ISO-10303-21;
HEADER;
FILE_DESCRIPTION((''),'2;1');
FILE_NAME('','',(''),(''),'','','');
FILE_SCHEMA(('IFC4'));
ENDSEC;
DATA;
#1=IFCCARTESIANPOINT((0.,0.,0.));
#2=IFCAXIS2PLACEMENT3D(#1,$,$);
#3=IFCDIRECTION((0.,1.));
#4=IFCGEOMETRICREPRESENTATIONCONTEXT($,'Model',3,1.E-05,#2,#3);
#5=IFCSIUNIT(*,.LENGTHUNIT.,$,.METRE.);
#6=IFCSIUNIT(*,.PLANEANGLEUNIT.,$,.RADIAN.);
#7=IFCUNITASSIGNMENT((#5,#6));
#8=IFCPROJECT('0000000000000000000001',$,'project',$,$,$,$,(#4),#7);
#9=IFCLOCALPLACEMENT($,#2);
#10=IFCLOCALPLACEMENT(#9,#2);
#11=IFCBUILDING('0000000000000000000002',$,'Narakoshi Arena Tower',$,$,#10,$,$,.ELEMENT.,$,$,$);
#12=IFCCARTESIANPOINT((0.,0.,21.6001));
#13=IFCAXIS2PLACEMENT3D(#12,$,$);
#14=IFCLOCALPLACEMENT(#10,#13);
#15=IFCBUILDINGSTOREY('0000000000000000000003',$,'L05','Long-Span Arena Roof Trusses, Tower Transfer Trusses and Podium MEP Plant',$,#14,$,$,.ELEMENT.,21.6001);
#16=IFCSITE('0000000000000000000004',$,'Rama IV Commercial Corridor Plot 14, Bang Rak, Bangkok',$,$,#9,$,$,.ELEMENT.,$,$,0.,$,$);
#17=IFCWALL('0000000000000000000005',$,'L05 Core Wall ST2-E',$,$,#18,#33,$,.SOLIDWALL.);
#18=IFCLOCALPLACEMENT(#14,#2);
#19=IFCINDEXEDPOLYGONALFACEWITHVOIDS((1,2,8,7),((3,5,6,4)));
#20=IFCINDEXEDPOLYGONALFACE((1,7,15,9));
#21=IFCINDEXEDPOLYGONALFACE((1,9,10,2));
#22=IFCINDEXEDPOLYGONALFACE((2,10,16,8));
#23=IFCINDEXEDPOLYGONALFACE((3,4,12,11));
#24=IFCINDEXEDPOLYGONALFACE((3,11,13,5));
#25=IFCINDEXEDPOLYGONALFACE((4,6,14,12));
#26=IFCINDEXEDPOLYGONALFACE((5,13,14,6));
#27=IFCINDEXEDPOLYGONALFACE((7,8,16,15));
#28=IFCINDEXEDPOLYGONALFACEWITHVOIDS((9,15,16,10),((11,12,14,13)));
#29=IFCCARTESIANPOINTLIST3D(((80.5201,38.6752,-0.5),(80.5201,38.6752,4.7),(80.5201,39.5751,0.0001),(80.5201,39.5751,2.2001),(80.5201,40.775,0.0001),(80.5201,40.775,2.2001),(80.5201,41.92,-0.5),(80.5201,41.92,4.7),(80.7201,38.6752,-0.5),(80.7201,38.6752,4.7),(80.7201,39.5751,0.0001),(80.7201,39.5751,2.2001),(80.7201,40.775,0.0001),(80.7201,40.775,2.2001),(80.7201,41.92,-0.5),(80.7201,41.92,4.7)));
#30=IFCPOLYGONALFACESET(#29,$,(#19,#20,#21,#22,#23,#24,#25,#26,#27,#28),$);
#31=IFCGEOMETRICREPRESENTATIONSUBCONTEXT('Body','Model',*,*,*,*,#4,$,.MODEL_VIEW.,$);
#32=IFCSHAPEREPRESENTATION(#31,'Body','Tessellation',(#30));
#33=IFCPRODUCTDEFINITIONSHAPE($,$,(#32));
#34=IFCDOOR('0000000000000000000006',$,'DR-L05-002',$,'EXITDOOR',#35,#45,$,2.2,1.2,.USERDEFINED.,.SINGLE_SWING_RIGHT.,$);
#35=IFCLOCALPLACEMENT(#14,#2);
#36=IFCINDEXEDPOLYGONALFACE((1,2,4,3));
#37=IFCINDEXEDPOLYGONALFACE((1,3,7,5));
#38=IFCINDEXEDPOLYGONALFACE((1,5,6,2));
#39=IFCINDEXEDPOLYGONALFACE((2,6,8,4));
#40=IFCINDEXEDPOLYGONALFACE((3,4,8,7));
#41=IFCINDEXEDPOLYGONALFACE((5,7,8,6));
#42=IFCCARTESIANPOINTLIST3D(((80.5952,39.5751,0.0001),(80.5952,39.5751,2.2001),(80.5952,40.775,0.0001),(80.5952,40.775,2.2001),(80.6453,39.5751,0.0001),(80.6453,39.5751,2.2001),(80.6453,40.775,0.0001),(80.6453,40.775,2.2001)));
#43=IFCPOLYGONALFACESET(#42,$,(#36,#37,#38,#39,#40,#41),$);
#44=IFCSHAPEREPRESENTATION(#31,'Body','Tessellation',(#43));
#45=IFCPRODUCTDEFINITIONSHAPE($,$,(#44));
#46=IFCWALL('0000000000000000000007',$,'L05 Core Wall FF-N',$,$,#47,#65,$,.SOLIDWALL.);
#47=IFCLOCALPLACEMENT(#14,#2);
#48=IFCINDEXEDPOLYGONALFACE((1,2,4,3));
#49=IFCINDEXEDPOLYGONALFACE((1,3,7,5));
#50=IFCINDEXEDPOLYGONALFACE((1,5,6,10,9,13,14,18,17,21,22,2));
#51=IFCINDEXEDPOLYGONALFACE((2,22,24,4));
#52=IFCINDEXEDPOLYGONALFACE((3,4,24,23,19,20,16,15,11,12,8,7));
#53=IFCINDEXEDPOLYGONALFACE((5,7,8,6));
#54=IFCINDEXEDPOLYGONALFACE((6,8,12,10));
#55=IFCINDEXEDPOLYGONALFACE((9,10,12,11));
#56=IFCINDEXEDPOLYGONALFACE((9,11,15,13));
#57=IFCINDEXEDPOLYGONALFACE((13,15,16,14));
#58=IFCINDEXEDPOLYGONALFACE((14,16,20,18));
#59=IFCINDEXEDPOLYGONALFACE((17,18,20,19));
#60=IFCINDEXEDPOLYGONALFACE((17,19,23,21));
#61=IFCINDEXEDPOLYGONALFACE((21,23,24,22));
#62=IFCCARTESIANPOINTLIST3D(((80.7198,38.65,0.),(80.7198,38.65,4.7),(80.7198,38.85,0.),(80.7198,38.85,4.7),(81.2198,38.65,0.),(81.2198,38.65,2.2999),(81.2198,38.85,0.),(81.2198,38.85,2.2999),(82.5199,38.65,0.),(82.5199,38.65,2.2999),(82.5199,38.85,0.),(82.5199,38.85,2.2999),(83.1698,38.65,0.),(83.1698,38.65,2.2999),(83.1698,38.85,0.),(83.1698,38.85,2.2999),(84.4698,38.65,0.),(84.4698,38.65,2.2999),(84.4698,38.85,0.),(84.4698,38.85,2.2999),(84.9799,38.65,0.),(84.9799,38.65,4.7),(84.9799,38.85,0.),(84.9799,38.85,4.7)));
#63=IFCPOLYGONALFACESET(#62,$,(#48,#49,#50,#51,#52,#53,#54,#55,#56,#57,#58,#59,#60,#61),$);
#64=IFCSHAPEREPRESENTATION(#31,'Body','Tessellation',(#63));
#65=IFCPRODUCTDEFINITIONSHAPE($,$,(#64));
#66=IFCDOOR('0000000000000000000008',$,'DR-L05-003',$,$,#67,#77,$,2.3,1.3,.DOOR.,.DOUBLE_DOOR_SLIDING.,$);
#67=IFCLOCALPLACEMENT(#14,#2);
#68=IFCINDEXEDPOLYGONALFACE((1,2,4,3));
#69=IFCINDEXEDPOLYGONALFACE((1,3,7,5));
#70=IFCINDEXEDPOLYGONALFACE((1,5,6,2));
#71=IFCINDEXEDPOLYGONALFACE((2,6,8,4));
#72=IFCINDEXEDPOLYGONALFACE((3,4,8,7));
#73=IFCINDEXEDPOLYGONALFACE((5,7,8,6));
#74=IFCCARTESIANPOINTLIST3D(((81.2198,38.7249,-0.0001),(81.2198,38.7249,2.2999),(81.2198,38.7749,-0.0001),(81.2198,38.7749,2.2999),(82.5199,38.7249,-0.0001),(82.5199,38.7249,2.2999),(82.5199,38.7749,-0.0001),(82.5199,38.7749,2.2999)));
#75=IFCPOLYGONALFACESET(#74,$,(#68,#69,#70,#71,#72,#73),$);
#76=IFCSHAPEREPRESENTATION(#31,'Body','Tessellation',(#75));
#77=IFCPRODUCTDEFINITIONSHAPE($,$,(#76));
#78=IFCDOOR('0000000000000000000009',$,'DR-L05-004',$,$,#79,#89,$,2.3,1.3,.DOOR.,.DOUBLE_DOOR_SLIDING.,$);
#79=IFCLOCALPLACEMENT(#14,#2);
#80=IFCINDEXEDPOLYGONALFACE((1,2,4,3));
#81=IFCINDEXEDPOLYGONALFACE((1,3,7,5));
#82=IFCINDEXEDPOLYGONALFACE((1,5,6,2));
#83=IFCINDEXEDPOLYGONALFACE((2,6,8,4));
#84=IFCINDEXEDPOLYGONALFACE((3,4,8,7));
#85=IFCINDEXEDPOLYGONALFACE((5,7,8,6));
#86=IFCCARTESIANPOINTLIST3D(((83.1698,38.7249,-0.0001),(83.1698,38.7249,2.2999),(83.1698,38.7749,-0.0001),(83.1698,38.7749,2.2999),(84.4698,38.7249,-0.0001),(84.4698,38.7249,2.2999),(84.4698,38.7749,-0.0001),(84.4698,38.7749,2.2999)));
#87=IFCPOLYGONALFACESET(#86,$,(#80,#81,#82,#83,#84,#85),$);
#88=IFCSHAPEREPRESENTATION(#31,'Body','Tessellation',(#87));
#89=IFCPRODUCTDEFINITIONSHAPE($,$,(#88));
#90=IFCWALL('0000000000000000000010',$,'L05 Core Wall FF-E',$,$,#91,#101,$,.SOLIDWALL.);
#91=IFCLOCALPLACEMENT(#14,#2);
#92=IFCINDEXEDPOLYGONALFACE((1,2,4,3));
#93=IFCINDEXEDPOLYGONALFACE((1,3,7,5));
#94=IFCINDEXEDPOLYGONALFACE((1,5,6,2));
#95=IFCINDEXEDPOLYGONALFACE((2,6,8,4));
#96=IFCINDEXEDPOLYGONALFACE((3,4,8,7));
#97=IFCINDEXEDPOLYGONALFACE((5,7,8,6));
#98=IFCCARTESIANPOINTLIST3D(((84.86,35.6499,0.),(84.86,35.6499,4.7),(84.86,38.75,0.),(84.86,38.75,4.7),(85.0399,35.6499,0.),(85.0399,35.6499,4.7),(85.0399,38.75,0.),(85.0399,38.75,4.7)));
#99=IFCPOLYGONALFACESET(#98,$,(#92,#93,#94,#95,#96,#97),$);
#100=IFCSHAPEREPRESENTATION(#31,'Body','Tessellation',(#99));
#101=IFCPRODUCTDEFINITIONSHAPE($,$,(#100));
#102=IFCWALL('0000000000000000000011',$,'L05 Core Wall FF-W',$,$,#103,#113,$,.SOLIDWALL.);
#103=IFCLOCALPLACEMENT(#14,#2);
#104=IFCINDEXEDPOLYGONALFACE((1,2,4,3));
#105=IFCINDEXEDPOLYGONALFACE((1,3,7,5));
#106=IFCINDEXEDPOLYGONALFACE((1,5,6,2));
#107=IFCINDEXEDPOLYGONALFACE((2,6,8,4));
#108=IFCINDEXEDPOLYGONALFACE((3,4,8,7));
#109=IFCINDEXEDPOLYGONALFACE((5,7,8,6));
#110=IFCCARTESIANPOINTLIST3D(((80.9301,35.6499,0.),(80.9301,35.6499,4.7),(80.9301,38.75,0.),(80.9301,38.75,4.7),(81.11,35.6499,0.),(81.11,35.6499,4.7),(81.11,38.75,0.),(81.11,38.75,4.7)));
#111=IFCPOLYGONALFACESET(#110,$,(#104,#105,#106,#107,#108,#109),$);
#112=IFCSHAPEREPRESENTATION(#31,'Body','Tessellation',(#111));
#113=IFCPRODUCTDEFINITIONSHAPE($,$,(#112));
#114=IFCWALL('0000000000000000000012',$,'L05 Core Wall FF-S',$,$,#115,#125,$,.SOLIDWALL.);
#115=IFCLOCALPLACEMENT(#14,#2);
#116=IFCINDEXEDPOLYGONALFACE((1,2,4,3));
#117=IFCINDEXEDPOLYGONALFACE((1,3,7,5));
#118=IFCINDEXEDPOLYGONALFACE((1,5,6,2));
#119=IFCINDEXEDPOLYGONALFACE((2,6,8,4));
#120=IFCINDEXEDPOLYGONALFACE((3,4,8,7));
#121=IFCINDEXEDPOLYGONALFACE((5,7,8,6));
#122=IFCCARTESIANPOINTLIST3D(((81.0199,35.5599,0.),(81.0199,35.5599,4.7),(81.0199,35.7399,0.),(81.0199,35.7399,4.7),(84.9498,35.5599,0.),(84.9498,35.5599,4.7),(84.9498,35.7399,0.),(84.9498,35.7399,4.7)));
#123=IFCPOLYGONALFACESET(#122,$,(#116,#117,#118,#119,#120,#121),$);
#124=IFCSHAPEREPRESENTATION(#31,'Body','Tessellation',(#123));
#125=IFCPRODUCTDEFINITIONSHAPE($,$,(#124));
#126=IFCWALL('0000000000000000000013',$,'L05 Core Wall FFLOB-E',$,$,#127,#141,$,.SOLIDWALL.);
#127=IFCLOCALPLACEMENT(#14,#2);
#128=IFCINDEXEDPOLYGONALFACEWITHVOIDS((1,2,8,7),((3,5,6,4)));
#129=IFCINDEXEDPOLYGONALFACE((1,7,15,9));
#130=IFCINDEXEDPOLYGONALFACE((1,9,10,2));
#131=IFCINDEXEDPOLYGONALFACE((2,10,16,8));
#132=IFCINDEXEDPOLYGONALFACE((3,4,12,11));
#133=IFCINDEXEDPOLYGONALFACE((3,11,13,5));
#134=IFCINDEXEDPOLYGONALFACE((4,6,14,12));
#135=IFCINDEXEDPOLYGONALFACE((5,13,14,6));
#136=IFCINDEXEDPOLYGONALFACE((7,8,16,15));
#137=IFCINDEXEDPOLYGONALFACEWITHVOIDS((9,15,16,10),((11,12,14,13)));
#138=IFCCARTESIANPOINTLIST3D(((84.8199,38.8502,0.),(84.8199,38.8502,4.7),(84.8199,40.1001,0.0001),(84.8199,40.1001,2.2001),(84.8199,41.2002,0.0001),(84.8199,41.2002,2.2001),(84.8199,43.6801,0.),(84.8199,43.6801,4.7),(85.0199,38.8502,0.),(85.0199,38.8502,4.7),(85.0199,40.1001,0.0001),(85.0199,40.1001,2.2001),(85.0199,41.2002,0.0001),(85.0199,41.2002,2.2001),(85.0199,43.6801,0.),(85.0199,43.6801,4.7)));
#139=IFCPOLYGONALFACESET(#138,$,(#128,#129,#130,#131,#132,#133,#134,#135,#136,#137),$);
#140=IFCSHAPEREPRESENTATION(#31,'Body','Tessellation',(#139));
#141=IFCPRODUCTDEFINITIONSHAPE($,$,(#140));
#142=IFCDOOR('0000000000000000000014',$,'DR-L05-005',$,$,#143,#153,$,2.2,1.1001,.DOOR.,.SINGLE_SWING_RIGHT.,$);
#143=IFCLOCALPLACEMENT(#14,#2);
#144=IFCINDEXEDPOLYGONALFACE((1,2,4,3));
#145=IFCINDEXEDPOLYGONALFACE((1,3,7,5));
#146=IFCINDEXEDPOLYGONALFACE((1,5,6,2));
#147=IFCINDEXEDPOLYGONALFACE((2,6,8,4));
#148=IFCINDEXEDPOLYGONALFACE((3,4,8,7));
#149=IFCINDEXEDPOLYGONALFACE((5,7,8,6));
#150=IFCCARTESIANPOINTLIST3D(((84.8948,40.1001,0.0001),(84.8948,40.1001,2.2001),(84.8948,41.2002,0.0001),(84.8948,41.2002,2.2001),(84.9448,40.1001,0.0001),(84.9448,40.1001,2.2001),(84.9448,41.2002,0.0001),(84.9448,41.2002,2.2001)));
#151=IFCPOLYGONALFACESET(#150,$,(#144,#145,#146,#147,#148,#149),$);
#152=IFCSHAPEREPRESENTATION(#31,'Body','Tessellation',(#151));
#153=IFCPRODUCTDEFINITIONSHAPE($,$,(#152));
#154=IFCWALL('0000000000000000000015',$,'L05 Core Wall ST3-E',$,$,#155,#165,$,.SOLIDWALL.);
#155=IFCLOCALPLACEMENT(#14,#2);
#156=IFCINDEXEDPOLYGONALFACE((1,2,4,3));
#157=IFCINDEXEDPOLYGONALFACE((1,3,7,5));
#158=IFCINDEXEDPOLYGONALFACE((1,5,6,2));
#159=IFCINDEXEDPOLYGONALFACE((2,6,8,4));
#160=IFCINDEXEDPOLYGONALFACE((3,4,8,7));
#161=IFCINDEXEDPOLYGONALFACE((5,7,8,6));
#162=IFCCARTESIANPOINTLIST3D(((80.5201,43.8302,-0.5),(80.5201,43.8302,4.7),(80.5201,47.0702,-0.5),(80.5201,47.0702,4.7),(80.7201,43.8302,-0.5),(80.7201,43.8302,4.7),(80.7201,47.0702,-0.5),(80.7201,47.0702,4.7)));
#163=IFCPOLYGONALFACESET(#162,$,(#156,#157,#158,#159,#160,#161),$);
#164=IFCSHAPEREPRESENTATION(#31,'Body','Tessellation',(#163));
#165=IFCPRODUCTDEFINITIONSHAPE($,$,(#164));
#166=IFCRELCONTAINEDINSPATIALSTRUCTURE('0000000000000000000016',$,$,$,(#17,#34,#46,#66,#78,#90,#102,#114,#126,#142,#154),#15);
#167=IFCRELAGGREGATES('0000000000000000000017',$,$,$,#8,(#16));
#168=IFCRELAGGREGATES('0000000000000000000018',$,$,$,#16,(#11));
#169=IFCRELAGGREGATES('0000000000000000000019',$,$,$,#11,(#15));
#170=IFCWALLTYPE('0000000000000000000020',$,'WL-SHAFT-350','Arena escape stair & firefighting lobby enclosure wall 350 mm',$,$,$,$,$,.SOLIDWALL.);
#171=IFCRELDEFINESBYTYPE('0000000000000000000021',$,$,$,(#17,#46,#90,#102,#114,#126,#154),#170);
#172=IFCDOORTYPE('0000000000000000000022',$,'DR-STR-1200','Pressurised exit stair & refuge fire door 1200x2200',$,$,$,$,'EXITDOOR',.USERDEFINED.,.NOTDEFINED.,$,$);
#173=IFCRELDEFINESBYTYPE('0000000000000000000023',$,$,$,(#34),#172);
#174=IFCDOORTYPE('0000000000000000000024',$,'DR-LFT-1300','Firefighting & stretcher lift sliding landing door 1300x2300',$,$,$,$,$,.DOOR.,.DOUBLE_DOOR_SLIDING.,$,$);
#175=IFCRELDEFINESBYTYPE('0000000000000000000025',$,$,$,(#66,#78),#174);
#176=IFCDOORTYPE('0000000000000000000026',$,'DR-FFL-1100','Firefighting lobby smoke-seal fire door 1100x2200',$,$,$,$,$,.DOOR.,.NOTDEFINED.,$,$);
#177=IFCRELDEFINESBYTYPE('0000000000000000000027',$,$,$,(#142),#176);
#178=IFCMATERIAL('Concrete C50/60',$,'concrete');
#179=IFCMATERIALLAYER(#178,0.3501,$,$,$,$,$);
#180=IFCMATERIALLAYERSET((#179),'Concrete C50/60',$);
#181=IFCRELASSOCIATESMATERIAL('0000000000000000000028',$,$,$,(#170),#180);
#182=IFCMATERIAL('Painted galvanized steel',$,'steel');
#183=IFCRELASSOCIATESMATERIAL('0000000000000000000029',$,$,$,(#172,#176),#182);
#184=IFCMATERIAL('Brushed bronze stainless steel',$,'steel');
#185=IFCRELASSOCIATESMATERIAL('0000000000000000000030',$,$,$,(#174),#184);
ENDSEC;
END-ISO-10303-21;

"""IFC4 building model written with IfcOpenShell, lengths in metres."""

from ifc_helpers import new_model, si_unit, direction, frame, frame_2d, origin, place, context, subcontext, project, spatial, rectangle, extrude, material, layer, layer_set, type_object, element, fill, save


model = new_model("IFC4")

# Units and contexts
model_context = context("Model", 3, precision=1e-05, world=origin(), true_north=direction((0.0, 1.0)))
body_context = subcontext(model_context, "Body", "Model", "MODEL_VIEW")
ifc_project = project(units=[si_unit("LENGTHUNIT", "METRE"), si_unit("PLANEANGLEUNIT", "RADIAN")], contexts=[model_context])

# Site, building, storey
site_placement = place(None, origin())
site = spatial("IfcSite", under=ifc_project, at=site_placement, Name="Rama IV Commercial Corridor Plot 14, Bang Rak, Bangkok", CompositionType="ELEMENT", RefElevation=0.0)
building_placement = place(site_placement, origin())
building = spatial("IfcBuilding", under=site, at=building_placement, Name="Narakoshi Arena Tower", CompositionType="ELEMENT")
storey_placement = place(building_placement, frame((0.0, 0.0, 21.6001)))
storey = spatial("IfcBuildingStorey", under=building, at=storey_placement, Name="L05", Description="Long-Span Arena Roof Trusses, Tower Transfer Trusses and Podium MEP Plant", CompositionType="ELEMENT", Elevation=21.6001)

# Shared definitions
ifc_material_1 = material(Name="Painted galvanized steel", Category="steel")

# Wall, opening, door
ifc_material_2 = material(Name="Concrete C50/60", Category="concrete")
ifc_layer_1 = layer(ifc_material_2, 0.3501)
ifc_layer_set_1 = layer_set([ifc_layer_1], Name="Concrete C50/60")
wall_type_1 = type_object("IfcWallType", Name="WL-SHAFT-350", Description="Arena escape stair & firefighting lobby enclosure wall 350 mm", PredefinedType="SOLIDWALL", material=ifc_layer_set_1)
wall_1_placement = place(storey_placement, frame((80.6201, 38.675, -0.5), z_axis=(0.0, 0.0, 1.0), x_axis=(0.0, 1.0, 0.0)))
wall_1 = element("IfcWall", 1, at=wall_1_placement, inside=storey, type_object=wall_type_1, Name="L05 Core Wall ST2-E", PredefinedType="SOLIDWALL", context=body_context, shape_type="SweptSolid", body=[
    extrude(rectangle(XDim=3.2449, YDim=0.2, at=frame_2d((1.6226, 0.0))), origin(), (0.0, 0.0, 1.0), 5.2),
])
opening_1_placement = place(wall_1_placement, frame((0.8999, 0.0, 0.5)))
opening_1 = element("IfcOpeningElement", 2, at=opening_1_placement, cuts=wall_1, PredefinedType="OPENING", context=body_context, shape_type="SweptSolid", body=[
    extrude(rectangle(XDim=1.2, YDim=2.2, at=frame_2d((0.6001, 1.1001))), frame((0.0, 0.1099, 0.0), z_axis=(0.0, -1.0, 0.0), x_axis=(1.0, 0.0, 0.0)), (0.0, 0.0, 1.0), 0.22),
])
door_type_1 = type_object("IfcDoorType", Name="DR-STR-1200", Description="Pressurised exit stair & refuge fire door 1200x2200", ElementType="EXITDOOR", OperationType="NOTDEFINED", PredefinedType="USERDEFINED", material=ifc_material_1)
door_1_placement = place(opening_1_placement, origin())
door_1 = element("IfcDoor", 3, at=door_1_placement, inside=storey, type_object=door_type_1, Name="DR-L05-002", ObjectType="EXITDOOR", OperationType="SINGLE_SWING_RIGHT", OverallHeight=2.2, OverallWidth=1.2, PredefinedType="USERDEFINED", context=body_context, shape_type="SweptSolid", body=[
    extrude(rectangle(XDim=1.2, YDim=2.2, at=frame_2d((0.6001, 1.1001))), frame((0.0, 0.0249, 0.0), z_axis=(0.0, -1.0, 0.0), x_axis=(1.0, 0.0, 0.0)), (0.0, 0.0, 1.0), 0.05),
])
fill(opening_1, door_1)

# Wall, openings, doors
wall_2_placement = place(storey_placement, frame((80.72, 38.75, 0.0), z_axis=(0.0, 0.0, 1.0), x_axis=(1.0, 0.0, 0.0)))
wall_2 = element("IfcWall", 4, at=wall_2_placement, inside=storey, type_object=wall_type_1, Name="L05 Core Wall FF-N", PredefinedType="SOLIDWALL", context=body_context, shape_type="SweptSolid", body=[
    extrude(rectangle(XDim=4.26, YDim=0.2, at=frame_2d((2.1299, 0.0))), origin(), (0.0, 0.0, 1.0), 4.7),
])
opening_2_placement = place(wall_2_placement, frame((0.5, 0.0, 0.0)))
opening_2 = element("IfcOpeningElement", 5, at=opening_2_placement, cuts=wall_2, PredefinedType="OPENING", context=body_context, shape_type="SweptSolid", body=[
    extrude(rectangle(XDim=1.3, YDim=2.3, at=frame_2d((0.6499, 1.1499))), frame((0.0, 0.1099, 0.0), z_axis=(0.0, -1.0, 0.0), x_axis=(1.0, 0.0, 0.0)), (0.0, 0.0, 1.0), 0.22),
])
opening_3_placement = place(wall_2_placement, frame((2.45, 0.0, 0.0)))
opening_3 = element("IfcOpeningElement", 6, at=opening_3_placement, cuts=wall_2, PredefinedType="OPENING", context=body_context, shape_type="SweptSolid", body=[
    extrude(rectangle(XDim=1.3, YDim=2.3, at=frame_2d((0.6499, 1.1499))), frame((0.0, 0.1099, 0.0), z_axis=(0.0, -1.0, 0.0), x_axis=(1.0, 0.0, 0.0)), (0.0, 0.0, 1.0), 0.22),
])
ifc_material_3 = material(Name="Brushed bronze stainless steel", Category="steel")
door_type_2 = type_object("IfcDoorType", Name="DR-LFT-1300", Description="Firefighting & stretcher lift sliding landing door 1300x2300", OperationType="DOUBLE_DOOR_SLIDING", PredefinedType="DOOR", material=ifc_material_3)
door_2_placement = place(opening_2_placement, origin())
door_2 = element("IfcDoor", 7, at=door_2_placement, inside=storey, type_object=door_type_2, Name="DR-L05-003", OperationType="DOUBLE_DOOR_SLIDING", OverallHeight=2.3, OverallWidth=1.3, PredefinedType="DOOR", context=body_context, shape_type="SweptSolid", body=[
    extrude(rectangle(XDim=1.3, YDim=2.3, at=frame_2d((0.6499, 1.1499))), frame((0.0, 0.0249, 0.0), z_axis=(0.0, -1.0, 0.0), x_axis=(1.0, 0.0, 0.0)), (0.0, 0.0, 1.0), 0.05),
])
fill(opening_2, door_2)
door_3_placement = place(opening_3_placement, origin())
door_3 = element("IfcDoor", 8, at=door_3_placement, inside=storey, type_object=door_type_2, Name="DR-L05-004", OperationType="DOUBLE_DOOR_SLIDING", OverallHeight=2.3, OverallWidth=1.3, PredefinedType="DOOR", context=body_context, shape_type="SweptSolid", body=[
    extrude(rectangle(XDim=1.3, YDim=2.3, at=frame_2d((0.6499, 1.1499))), frame((0.0, 0.0249, 0.0), z_axis=(0.0, -1.0, 0.0), x_axis=(1.0, 0.0, 0.0)), (0.0, 0.0, 1.0), 0.05),
])
fill(opening_3, door_3)

# Walls
for number, where, z_axis, x_axis, name in (
    (9, (84.95, 35.6499, 0.0), (0.0, 0.0, 1.0), (0.0, 1.0, 0.0), "L05 Core Wall FF-E"),
    (10, (81.02, 35.6499, 0.0), (0.0, 0.0, 1.0), (0.0, 1.0, 0.0), "L05 Core Wall FF-W"),
):
    element("IfcWall", number, at=place(storey_placement, frame(where, z_axis=z_axis, x_axis=x_axis)), inside=storey, type_object=wall_type_1, Name=name, PredefinedType="SOLIDWALL", context=body_context, shape_type="SweptSolid", body=[
        extrude(rectangle(XDim=3.1001, YDim=0.1799, at=frame_2d((1.55, 0.0))), origin(), (0.0, 0.0, 1.0), 4.7),
    ])
wall_3_placement = place(storey_placement, frame((81.02, 35.6499, 0.0), z_axis=(0.0, 0.0, 1.0), x_axis=(1.0, 0.0, 0.0)))
element("IfcWall", 11, at=wall_3_placement, inside=storey, type_object=wall_type_1, Name="L05 Core Wall FF-S", PredefinedType="SOLIDWALL", context=body_context, shape_type="SweptSolid", body=[
    extrude(rectangle(XDim=3.9299, YDim=0.1799, at=frame_2d((1.9648, 0.0))), origin(), (0.0, 0.0, 1.0), 4.7),
])

# Wall, opening, door
wall_4_placement = place(storey_placement, frame((84.9199, 38.8501, 0.0), z_axis=(0.0, 0.0, 1.0), x_axis=(0.0, 1.0, 0.0)))
wall_4 = element("IfcWall", 12, at=wall_4_placement, inside=storey, type_object=wall_type_1, Name="L05 Core Wall FFLOB-E", PredefinedType="SOLIDWALL", context=body_context, shape_type="SweptSolid", body=[
    extrude(rectangle(XDim=4.8298, YDim=0.2, at=frame_2d((2.415, 0.0))), origin(), (0.0, 0.0, 1.0), 4.7),
])
opening_4_placement = place(wall_4_placement, frame((1.25, 0.0, 0.0)))
opening_4 = element("IfcOpeningElement", 13, at=opening_4_placement, cuts=wall_4, PredefinedType="OPENING", context=body_context, shape_type="SweptSolid", body=[
    extrude(rectangle(XDim=1.1001, YDim=2.2, at=frame_2d((0.55, 1.1001))), frame((0.0, 0.1099, 0.0), z_axis=(0.0, -1.0, 0.0), x_axis=(1.0, 0.0, 0.0)), (0.0, 0.0, 1.0), 0.22),
])
door_type_3 = type_object("IfcDoorType", Name="DR-FFL-1100", Description="Firefighting lobby smoke-seal fire door 1100x2200", OperationType="NOTDEFINED", PredefinedType="DOOR", material=ifc_material_1)
door_4_placement = place(opening_4_placement, frame((1.1001, 0.0, 0.0), z_axis=(0.0, 0.0, 1.0), x_axis=(-1.0, 0.0, 0.0)))
door_4 = element("IfcDoor", 14, at=door_4_placement, inside=storey, type_object=door_type_3, Name="DR-L05-005", OperationType="SINGLE_SWING_RIGHT", OverallHeight=2.2, OverallWidth=1.1001, PredefinedType="DOOR", context=body_context, shape_type="SweptSolid", body=[
    extrude(rectangle(XDim=1.1001, YDim=2.2, at=frame_2d((0.55, 1.1001))), frame((0.0, 0.0249, 0.0), z_axis=(0.0, -1.0, 0.0), x_axis=(1.0, 0.0, 0.0)), (0.0, 0.0, 1.0), 0.05),
])
fill(opening_4, door_4)

# Wall
wall_5_placement = place(storey_placement, frame((80.6201, 43.8301, -0.5), z_axis=(0.0, 0.0, 1.0), x_axis=(0.0, 1.0, 0.0)))
element("IfcWall", 15, at=wall_5_placement, inside=storey, type_object=wall_type_1, Name="L05 Core Wall ST3-E", PredefinedType="SOLIDWALL", context=body_context, shape_type="SweptSolid", body=[
    extrude(rectangle(XDim=3.24, YDim=0.2, at=frame_2d((1.6201, 0.0))), origin(), (0.0, 0.0, 1.0), 5.2),
])

save(model, "model.ifc")
